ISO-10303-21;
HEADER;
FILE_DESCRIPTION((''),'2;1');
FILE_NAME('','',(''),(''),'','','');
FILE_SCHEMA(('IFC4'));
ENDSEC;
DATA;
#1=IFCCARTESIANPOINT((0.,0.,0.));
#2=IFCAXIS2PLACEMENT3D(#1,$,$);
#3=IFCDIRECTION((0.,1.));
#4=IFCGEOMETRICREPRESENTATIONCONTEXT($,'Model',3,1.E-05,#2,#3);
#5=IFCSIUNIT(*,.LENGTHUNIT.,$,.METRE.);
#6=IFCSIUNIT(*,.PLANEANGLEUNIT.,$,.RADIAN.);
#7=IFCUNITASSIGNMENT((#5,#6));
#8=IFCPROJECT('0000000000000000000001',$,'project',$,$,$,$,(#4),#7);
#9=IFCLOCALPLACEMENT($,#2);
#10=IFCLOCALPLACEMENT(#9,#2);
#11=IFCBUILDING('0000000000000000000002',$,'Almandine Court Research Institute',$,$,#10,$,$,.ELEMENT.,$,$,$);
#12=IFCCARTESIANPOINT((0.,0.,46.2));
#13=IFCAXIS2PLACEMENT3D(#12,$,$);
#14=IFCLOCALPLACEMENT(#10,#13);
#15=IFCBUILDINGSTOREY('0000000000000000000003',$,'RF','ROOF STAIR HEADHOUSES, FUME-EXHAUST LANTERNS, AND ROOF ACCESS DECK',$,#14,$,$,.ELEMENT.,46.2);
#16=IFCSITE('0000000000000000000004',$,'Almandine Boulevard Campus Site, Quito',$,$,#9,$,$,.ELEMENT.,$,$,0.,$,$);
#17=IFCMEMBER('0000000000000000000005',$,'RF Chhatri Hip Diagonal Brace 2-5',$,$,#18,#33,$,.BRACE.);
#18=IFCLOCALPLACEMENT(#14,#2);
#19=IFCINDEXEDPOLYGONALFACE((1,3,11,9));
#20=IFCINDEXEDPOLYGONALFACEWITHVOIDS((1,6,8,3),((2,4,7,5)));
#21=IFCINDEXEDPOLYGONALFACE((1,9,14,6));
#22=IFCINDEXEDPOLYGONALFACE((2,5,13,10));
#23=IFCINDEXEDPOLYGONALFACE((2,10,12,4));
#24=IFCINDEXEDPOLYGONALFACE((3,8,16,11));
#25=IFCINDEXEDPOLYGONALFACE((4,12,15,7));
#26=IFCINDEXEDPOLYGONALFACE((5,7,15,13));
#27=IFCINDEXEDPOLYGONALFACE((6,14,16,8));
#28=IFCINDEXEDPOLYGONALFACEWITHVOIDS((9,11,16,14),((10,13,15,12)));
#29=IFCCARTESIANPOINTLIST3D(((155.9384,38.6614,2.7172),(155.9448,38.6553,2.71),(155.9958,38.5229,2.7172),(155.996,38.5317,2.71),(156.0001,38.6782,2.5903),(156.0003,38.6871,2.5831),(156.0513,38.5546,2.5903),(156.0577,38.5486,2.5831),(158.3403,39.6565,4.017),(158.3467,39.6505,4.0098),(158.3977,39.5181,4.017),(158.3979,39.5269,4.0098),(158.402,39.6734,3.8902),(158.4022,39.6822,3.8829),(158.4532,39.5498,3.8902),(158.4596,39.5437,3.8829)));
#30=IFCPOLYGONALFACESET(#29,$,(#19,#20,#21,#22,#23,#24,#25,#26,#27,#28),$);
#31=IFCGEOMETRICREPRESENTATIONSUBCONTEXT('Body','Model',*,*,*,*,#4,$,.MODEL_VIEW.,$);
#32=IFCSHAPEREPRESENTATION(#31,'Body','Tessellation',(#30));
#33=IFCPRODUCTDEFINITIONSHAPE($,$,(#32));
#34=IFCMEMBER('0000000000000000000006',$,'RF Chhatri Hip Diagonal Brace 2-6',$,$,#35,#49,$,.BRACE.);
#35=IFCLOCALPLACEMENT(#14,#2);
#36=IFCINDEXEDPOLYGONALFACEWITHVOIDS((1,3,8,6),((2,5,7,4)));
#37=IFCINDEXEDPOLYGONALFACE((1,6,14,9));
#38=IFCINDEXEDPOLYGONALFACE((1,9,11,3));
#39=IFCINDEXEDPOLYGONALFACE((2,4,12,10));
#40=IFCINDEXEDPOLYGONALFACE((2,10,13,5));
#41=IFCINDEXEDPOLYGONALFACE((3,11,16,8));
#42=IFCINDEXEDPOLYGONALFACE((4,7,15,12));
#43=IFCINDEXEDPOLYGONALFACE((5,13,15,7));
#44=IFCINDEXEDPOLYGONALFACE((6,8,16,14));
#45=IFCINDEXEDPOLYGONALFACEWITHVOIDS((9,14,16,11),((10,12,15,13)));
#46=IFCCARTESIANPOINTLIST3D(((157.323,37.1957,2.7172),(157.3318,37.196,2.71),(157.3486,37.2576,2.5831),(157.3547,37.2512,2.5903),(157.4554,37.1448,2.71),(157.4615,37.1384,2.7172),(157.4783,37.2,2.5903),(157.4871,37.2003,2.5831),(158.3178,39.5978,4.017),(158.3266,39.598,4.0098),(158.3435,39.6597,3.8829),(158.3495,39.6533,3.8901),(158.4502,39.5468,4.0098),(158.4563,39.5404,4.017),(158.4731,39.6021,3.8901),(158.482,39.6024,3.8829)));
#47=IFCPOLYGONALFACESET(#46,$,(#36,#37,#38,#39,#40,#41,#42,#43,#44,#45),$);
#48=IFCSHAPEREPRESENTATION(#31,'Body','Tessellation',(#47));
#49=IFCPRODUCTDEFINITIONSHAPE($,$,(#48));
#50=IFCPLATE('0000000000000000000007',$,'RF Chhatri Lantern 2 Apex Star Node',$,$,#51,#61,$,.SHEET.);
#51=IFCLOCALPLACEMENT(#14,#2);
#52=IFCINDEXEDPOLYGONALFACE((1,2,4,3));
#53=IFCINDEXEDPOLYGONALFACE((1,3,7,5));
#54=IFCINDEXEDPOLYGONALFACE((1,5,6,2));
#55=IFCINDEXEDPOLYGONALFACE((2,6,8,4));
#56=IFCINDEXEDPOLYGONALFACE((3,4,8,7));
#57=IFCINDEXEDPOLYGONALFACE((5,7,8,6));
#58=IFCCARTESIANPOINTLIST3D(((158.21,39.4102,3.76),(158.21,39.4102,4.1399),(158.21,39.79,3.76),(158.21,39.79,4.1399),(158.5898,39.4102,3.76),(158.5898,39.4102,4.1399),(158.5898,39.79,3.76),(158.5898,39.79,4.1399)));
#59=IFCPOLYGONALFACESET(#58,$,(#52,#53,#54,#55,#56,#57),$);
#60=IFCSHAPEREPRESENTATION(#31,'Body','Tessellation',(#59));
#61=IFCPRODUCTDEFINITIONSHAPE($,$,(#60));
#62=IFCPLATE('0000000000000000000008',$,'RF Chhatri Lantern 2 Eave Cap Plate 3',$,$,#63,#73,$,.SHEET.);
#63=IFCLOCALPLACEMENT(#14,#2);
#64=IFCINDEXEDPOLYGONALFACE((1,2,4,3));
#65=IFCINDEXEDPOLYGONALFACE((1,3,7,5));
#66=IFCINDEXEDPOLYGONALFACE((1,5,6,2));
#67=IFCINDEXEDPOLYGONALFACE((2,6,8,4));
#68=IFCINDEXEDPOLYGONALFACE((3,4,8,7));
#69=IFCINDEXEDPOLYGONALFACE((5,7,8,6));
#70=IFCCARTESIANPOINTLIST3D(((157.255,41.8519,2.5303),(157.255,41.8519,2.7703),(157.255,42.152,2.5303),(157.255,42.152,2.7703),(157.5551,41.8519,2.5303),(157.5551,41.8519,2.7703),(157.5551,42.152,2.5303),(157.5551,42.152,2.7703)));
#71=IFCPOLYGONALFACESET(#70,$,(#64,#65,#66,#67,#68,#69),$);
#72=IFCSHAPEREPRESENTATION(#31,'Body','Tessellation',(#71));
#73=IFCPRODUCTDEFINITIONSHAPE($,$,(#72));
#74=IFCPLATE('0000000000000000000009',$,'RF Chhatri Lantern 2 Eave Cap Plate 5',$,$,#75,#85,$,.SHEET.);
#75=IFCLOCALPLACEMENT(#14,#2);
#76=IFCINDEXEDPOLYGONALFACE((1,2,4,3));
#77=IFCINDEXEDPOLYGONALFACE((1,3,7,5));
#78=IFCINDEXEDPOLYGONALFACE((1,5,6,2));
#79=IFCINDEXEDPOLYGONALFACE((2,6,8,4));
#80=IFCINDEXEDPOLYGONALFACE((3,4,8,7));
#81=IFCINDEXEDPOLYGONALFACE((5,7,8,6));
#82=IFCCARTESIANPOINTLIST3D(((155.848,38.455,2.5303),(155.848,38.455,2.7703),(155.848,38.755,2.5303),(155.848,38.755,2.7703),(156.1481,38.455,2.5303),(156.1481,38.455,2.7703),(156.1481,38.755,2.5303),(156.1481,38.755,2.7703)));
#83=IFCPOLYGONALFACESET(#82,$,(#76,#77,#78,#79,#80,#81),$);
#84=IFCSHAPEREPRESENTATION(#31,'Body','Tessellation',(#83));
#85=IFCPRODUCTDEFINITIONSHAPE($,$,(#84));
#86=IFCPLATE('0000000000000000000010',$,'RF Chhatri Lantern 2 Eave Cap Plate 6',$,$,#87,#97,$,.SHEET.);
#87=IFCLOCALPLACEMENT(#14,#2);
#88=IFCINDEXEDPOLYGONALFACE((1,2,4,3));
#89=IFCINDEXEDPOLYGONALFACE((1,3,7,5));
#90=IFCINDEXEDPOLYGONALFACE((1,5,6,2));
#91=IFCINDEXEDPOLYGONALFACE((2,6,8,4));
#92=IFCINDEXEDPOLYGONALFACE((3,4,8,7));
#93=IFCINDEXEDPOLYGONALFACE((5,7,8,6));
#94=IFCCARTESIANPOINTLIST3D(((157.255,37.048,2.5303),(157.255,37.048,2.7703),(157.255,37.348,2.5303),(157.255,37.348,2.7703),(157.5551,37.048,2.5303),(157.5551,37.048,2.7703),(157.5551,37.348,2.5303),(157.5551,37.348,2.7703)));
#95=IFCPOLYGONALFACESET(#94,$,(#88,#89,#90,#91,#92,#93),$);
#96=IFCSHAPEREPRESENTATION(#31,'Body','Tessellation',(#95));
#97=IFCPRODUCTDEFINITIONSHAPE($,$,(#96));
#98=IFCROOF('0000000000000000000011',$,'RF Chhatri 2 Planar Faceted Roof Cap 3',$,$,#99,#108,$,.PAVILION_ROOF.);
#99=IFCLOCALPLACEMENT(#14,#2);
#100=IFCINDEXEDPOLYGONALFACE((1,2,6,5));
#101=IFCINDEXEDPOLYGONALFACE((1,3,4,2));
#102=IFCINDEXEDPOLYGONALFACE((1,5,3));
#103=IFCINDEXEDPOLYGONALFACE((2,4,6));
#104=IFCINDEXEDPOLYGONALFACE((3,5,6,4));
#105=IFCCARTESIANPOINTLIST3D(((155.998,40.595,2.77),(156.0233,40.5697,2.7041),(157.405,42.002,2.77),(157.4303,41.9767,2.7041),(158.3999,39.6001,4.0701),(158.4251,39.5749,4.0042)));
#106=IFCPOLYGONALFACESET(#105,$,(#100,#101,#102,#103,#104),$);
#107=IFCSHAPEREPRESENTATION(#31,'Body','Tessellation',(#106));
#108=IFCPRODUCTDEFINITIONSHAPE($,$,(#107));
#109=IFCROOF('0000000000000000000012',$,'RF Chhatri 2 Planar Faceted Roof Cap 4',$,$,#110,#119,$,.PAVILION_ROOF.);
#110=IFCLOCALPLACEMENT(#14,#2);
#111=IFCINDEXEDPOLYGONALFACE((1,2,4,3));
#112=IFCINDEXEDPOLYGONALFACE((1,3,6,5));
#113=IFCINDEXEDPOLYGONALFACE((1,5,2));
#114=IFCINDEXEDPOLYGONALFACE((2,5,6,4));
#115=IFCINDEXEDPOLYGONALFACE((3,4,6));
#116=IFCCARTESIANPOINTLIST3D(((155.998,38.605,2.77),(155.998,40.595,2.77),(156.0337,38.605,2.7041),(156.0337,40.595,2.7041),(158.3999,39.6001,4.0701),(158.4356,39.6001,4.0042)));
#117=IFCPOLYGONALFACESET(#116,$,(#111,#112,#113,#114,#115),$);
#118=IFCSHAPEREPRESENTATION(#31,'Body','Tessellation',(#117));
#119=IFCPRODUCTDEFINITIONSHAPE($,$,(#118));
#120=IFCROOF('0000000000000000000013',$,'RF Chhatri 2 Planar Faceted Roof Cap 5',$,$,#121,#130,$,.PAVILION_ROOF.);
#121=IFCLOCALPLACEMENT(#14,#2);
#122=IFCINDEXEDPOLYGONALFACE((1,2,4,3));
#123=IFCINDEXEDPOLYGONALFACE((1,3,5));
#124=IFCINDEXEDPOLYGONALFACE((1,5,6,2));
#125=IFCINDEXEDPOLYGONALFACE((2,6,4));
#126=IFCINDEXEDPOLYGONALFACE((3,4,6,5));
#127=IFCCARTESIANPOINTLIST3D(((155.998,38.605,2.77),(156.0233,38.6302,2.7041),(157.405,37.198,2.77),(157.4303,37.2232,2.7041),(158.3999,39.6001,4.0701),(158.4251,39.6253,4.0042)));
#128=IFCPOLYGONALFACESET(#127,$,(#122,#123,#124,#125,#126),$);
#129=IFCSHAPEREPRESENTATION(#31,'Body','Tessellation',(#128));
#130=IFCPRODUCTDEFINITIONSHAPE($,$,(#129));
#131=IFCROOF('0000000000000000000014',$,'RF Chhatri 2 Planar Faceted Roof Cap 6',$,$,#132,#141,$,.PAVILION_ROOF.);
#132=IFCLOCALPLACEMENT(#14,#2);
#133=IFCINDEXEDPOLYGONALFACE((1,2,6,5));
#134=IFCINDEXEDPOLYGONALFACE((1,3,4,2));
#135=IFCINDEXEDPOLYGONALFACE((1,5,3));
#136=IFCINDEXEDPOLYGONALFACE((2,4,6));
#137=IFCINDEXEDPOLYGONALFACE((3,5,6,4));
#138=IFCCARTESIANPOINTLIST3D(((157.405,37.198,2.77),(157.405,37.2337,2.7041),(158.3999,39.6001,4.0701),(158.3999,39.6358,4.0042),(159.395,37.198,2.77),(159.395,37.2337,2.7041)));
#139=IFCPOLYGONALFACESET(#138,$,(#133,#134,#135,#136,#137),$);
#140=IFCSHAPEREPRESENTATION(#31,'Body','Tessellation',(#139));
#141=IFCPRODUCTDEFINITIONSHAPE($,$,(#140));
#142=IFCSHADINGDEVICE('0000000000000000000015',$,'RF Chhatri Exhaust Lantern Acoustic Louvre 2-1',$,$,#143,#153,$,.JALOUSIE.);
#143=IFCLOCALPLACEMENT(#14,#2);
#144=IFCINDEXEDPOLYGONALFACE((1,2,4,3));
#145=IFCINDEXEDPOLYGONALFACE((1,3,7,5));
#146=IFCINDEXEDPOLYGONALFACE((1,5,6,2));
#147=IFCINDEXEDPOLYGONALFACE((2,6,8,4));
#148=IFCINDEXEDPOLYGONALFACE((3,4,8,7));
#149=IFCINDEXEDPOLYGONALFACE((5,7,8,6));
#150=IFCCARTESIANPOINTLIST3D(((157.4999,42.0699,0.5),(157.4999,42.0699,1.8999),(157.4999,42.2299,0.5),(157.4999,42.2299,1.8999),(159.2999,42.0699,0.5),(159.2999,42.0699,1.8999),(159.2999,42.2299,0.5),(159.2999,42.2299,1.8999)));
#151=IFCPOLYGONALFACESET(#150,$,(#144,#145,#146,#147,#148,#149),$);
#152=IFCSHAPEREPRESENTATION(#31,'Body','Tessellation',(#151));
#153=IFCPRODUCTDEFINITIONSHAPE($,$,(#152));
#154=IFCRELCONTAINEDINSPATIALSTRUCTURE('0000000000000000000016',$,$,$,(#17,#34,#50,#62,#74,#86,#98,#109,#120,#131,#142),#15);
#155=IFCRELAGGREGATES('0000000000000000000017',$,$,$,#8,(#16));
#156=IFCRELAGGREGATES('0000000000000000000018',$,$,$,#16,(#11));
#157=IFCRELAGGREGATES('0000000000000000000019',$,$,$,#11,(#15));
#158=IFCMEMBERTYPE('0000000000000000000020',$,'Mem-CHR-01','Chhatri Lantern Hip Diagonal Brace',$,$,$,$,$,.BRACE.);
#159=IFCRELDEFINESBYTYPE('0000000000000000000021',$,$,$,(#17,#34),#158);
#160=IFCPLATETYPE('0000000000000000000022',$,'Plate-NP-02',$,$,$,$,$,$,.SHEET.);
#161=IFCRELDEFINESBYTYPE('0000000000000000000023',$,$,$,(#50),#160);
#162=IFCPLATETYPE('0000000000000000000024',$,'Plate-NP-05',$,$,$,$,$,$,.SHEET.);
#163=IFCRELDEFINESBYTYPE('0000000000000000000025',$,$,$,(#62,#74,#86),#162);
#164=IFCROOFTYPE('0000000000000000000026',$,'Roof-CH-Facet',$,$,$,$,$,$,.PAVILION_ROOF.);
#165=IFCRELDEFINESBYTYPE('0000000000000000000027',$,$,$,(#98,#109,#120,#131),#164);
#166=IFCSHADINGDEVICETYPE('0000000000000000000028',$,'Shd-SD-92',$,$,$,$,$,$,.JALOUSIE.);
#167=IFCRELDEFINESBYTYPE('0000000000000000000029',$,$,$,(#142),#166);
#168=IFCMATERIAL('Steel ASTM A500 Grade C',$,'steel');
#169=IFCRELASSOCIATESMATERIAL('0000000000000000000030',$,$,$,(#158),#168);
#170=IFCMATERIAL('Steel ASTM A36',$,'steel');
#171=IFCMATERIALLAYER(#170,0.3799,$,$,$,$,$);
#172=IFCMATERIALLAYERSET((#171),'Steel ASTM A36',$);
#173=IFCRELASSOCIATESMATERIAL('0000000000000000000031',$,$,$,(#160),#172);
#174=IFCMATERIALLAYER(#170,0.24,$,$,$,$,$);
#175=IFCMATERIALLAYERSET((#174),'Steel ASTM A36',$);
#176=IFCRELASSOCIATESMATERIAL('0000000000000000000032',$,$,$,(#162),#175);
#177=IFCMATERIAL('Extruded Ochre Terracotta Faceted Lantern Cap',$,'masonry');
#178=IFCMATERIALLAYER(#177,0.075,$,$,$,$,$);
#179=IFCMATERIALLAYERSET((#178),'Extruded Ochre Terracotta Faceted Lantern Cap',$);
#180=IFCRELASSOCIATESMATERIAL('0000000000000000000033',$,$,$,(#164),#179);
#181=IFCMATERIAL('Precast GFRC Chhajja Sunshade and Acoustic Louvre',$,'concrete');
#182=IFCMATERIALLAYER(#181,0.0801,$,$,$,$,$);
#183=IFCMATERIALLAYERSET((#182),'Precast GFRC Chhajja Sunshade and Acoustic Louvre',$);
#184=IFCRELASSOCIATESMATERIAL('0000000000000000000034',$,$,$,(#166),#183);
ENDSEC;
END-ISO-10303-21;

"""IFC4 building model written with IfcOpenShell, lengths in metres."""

from ifc_helpers import new_model, si_unit, direction, frame, origin, origin_2d, place, context, subcontext, project, spatial, polyline, rectangle, hollow_rectangle, outline, extrude, material, layer, layer_set, material_profile, profile_set, type_object, element, save


model = new_model("IFC4")

# Units and contexts
model_context = context("Model", 3, precision=1e-05, world=origin(), true_north=direction((0.0, 1.0)))
body_context = subcontext(model_context, "Body", "Model", "MODEL_VIEW")
ifc_project = project(units=[si_unit("LENGTHUNIT", "METRE"), si_unit("PLANEANGLEUNIT", "RADIAN")], contexts=[model_context])

# Site, building, storey
site_placement = place(None, origin())
site = spatial("IfcSite", under=ifc_project, at=site_placement, Name="Almandine Boulevard Campus Site, Quito", CompositionType="ELEMENT", RefElevation=0.0)
building_placement = place(site_placement, origin())
building = spatial("IfcBuilding", under=site, at=building_placement, Name="Almandine Court Research Institute", CompositionType="ELEMENT")
storey_placement = place(building_placement, frame((0.0, 0.0, 46.2)))
storey = spatial("IfcBuildingStorey", under=building, at=storey_placement, Name="RF", Description="ROOF STAIR HEADHOUSES, FUME-EXHAUST LANTERNS, AND ROOF ACCESS DECK", CompositionType="ELEMENT", Elevation=46.2)

# Shared definitions
ifc_material_1 = material(Name="Steel ASTM A500 Grade C", Category="steel")

# Members
ifc_material_profile_1 = material_profile(ifc_material_1, hollow_rectangle(XDim=0.1499, YDim=0.1499, WallThickness=0.0081, at=origin_2d()), Name="HSS 150x150x8")
ifc_profile_set_1 = profile_set([ifc_material_profile_1], Name="Steel ASTM A500 Grade C")
member_type = type_object("IfcMemberType", Name="Mem-CHR-01", Description="Chhatri Lantern Hip Diagonal Brace", PredefinedType="BRACE", material=ifc_profile_set_1)
for number, where, z_axis, x_axis, name in (
    (1, (155.998, 38.605, 2.6501), (0.826329, 0.342358, 0.447182), (-0.382761, 0.923847, 0.0), "RF Chhatri Hip Diagonal Brace 2-5"),
    (2, (157.405, 37.198, 2.6501), (0.34226, 0.826379, 0.447164), (-0.923894, 0.382648, 0.0), "RF Chhatri Hip Diagonal Brace 2-6"),
):
    element("IfcMember", number, at=place(storey_placement, frame(where, z_axis=z_axis, x_axis=x_axis)), inside=storey, type_object=member_type, Name=name, PredefinedType="BRACE", context=body_context, shape_type="SweptSolid", body=[
        extrude(hollow_rectangle(XDim=0.1499, YDim=0.1499, WallThickness=0.0081, at=origin_2d()), origin(), (0.0, 0.0, 1.0), 2.9067),
    ])

# Plates
ifc_material_2 = material(Name="Steel ASTM A36", Category="steel")
ifc_layer_1 = layer(ifc_material_2, 0.3799)
ifc_layer_set_1 = layer_set([ifc_layer_1], Name="Steel ASTM A36")
plate_type_1 = type_object("IfcPlateType", Name="Plate-NP-02", PredefinedType="SHEET", material=ifc_layer_set_1)
plate_placement = place(storey_placement, frame((158.3999, 39.6001, 3.76), z_axis=(0.0, 0.0, 1.0), x_axis=(1.0, 0.0, 0.0)))
element("IfcPlate", 3, at=plate_placement, inside=storey, type_object=plate_type_1, Name="RF Chhatri Lantern 2 Apex Star Node", PredefinedType="SHEET", context=body_context, shape_type="SweptSolid", body=[
    extrude(rectangle(XDim=0.3799, YDim=0.3799, at=origin_2d()), origin(), (0.0, 0.0, 1.0), 0.3799),
])
ifc_layer_2 = layer(ifc_material_2, 0.24)
ifc_layer_set_2 = layer_set([ifc_layer_2], Name="Steel ASTM A36")
plate_type_2 = type_object("IfcPlateType", Name="Plate-NP-05", PredefinedType="SHEET", material=ifc_layer_set_2)
for number, where, z_axis, x_axis, name in (
    (4, (157.405, 42.002, 2.5303), (0.0, 0.0, 1.0), (1.0, 0.0, 0.0), "RF Chhatri Lantern 2 Eave Cap Plate 3"),
    (5, (155.998, 38.605, 2.5303), (0.0, 0.0, 1.0), (1.0, 0.0, 0.0), "RF Chhatri Lantern 2 Eave Cap Plate 5"),
    (6, (157.405, 37.198, 2.5303), (0.0, 0.0, 1.0), (1.0, 0.0, 0.0), "RF Chhatri Lantern 2 Eave Cap Plate 6"),
):
    element("IfcPlate", number, at=place(storey_placement, frame(where, z_axis=z_axis, x_axis=x_axis)), inside=storey, type_object=plate_type_2, Name=name, PredefinedType="SHEET", context=body_context, shape_type="SweptSolid", body=[
        extrude(rectangle(XDim=0.3, YDim=0.3, at=origin_2d()), origin(), (0.0, 0.0, 1.0), 0.24),
    ])

# Roofs
ifc_material_3 = material(Name="Extruded Ochre Terracotta Faceted Lantern Cap", Category="masonry")
ifc_layer_3 = layer(ifc_material_3, 0.075)
ifc_layer_set_3 = layer_set([ifc_layer_3], Name="Extruded Ochre Terracotta Faceted Lantern Cap")
roof_type = type_object("IfcRoofType", Name="Roof-CH-Facet", PredefinedType="PAVILION_ROOF", material=ifc_layer_set_3)
roof_1_placement = place(storey_placement, frame((157.405, 42.002, 2.77), z_axis=(-0.336592, 0.336592, 0.879438), x_axis=(-0.707107, -0.707107, 0.0)))
element("IfcRoof", 7, at=roof_1_placement, inside=storey, type_object=roof_type, Name="RF Chhatri 2 Planar Faceted Roof Cap 3", PredefinedType="PAVILION_ROOF", context=body_context, shape_type="SweptSolid", body=[
    extrude(outline(polyline([(0.0, 0.0), (1.9898, 0.0), (0.9949, 2.7311), (0.0, 0.0)])), origin(), (0.0, 0.0, -1.0), 0.075),
])
roof_2_placement = place(storey_placement, frame((155.998, 40.595, 2.77), z_axis=(-0.476012, 0.0, 0.879439), x_axis=(0.0, -1.0, 0.0)))
element("IfcRoof", 8, at=roof_2_placement, inside=storey, type_object=roof_type, Name="RF Chhatri 2 Planar Faceted Roof Cap 4", PredefinedType="PAVILION_ROOF", context=body_context, shape_type="SweptSolid", body=[
    extrude(outline(polyline([(0.0, 0.0), (1.99, 0.0), (0.9949, 2.7311), (0.0, 0.0)])), origin(), (0.0, 0.0, -1.0), 0.075),
])
roof_3_placement = place(storey_placement, frame((155.998, 38.605, 2.77), z_axis=(-0.336574, -0.336574, 0.879452), x_axis=(0.707107, -0.707107, 0.0)))
element("IfcRoof", 9, at=roof_3_placement, inside=storey, type_object=roof_type, Name="RF Chhatri 2 Planar Faceted Roof Cap 5", PredefinedType="PAVILION_ROOF", context=body_context, shape_type="SweptSolid", body=[
    extrude(outline(polyline([(0.0, 0.0), (1.9898, 0.0), (0.9947, 2.7313), (0.0, 0.0)])), origin(), (0.0, 0.0, -1.0), 0.075),
])
roof_4_placement = place(storey_placement, frame((157.405, 37.198, 2.77), z_axis=(0.0, -0.475975, 0.879459), x_axis=(1.0, 0.0, 0.0)))
element("IfcRoof", 10, at=roof_4_placement, inside=storey, type_object=roof_type, Name="RF Chhatri 2 Planar Faceted Roof Cap 6", PredefinedType="PAVILION_ROOF", context=body_context, shape_type="SweptSolid", body=[
    extrude(outline(polyline([(0.0, 0.0), (1.99, 0.0), (0.9949, 2.7313), (0.0, 0.0)])), origin(), (0.0, 0.0, -1.0), 0.075),
])

# Shading device
ifc_material_4 = material(Name="Precast GFRC Chhajja Sunshade and Acoustic Louvre", Category="concrete")
ifc_layer_4 = layer(ifc_material_4, 0.0801)
ifc_layer_set_4 = layer_set([ifc_layer_4], Name="Precast GFRC Chhajja Sunshade and Acoustic Louvre")
shading_device_type = type_object("IfcShadingDeviceType", Name="Shd-SD-92", PredefinedType="JALOUSIE", material=ifc_layer_set_4)
shading_device_placement = place(storey_placement, frame((158.3999, 42.1499, 0.5), z_axis=(0.0, 0.0, 1.0), x_axis=(1.0, 0.0, 0.0)))
element("IfcShadingDevice", 11, at=shading_device_placement, inside=storey, type_object=shading_device_type, Name="RF Chhatri Exhaust Lantern Acoustic Louvre 2-1", PredefinedType="JALOUSIE", context=body_context, shape_type="SweptSolid", body=[
    extrude(rectangle(XDim=1.8, YDim=0.1599, at=origin_2d()), origin(), (0.0, 0.0, 1.0), 1.3999),
])

save(model, "model.ifc")
